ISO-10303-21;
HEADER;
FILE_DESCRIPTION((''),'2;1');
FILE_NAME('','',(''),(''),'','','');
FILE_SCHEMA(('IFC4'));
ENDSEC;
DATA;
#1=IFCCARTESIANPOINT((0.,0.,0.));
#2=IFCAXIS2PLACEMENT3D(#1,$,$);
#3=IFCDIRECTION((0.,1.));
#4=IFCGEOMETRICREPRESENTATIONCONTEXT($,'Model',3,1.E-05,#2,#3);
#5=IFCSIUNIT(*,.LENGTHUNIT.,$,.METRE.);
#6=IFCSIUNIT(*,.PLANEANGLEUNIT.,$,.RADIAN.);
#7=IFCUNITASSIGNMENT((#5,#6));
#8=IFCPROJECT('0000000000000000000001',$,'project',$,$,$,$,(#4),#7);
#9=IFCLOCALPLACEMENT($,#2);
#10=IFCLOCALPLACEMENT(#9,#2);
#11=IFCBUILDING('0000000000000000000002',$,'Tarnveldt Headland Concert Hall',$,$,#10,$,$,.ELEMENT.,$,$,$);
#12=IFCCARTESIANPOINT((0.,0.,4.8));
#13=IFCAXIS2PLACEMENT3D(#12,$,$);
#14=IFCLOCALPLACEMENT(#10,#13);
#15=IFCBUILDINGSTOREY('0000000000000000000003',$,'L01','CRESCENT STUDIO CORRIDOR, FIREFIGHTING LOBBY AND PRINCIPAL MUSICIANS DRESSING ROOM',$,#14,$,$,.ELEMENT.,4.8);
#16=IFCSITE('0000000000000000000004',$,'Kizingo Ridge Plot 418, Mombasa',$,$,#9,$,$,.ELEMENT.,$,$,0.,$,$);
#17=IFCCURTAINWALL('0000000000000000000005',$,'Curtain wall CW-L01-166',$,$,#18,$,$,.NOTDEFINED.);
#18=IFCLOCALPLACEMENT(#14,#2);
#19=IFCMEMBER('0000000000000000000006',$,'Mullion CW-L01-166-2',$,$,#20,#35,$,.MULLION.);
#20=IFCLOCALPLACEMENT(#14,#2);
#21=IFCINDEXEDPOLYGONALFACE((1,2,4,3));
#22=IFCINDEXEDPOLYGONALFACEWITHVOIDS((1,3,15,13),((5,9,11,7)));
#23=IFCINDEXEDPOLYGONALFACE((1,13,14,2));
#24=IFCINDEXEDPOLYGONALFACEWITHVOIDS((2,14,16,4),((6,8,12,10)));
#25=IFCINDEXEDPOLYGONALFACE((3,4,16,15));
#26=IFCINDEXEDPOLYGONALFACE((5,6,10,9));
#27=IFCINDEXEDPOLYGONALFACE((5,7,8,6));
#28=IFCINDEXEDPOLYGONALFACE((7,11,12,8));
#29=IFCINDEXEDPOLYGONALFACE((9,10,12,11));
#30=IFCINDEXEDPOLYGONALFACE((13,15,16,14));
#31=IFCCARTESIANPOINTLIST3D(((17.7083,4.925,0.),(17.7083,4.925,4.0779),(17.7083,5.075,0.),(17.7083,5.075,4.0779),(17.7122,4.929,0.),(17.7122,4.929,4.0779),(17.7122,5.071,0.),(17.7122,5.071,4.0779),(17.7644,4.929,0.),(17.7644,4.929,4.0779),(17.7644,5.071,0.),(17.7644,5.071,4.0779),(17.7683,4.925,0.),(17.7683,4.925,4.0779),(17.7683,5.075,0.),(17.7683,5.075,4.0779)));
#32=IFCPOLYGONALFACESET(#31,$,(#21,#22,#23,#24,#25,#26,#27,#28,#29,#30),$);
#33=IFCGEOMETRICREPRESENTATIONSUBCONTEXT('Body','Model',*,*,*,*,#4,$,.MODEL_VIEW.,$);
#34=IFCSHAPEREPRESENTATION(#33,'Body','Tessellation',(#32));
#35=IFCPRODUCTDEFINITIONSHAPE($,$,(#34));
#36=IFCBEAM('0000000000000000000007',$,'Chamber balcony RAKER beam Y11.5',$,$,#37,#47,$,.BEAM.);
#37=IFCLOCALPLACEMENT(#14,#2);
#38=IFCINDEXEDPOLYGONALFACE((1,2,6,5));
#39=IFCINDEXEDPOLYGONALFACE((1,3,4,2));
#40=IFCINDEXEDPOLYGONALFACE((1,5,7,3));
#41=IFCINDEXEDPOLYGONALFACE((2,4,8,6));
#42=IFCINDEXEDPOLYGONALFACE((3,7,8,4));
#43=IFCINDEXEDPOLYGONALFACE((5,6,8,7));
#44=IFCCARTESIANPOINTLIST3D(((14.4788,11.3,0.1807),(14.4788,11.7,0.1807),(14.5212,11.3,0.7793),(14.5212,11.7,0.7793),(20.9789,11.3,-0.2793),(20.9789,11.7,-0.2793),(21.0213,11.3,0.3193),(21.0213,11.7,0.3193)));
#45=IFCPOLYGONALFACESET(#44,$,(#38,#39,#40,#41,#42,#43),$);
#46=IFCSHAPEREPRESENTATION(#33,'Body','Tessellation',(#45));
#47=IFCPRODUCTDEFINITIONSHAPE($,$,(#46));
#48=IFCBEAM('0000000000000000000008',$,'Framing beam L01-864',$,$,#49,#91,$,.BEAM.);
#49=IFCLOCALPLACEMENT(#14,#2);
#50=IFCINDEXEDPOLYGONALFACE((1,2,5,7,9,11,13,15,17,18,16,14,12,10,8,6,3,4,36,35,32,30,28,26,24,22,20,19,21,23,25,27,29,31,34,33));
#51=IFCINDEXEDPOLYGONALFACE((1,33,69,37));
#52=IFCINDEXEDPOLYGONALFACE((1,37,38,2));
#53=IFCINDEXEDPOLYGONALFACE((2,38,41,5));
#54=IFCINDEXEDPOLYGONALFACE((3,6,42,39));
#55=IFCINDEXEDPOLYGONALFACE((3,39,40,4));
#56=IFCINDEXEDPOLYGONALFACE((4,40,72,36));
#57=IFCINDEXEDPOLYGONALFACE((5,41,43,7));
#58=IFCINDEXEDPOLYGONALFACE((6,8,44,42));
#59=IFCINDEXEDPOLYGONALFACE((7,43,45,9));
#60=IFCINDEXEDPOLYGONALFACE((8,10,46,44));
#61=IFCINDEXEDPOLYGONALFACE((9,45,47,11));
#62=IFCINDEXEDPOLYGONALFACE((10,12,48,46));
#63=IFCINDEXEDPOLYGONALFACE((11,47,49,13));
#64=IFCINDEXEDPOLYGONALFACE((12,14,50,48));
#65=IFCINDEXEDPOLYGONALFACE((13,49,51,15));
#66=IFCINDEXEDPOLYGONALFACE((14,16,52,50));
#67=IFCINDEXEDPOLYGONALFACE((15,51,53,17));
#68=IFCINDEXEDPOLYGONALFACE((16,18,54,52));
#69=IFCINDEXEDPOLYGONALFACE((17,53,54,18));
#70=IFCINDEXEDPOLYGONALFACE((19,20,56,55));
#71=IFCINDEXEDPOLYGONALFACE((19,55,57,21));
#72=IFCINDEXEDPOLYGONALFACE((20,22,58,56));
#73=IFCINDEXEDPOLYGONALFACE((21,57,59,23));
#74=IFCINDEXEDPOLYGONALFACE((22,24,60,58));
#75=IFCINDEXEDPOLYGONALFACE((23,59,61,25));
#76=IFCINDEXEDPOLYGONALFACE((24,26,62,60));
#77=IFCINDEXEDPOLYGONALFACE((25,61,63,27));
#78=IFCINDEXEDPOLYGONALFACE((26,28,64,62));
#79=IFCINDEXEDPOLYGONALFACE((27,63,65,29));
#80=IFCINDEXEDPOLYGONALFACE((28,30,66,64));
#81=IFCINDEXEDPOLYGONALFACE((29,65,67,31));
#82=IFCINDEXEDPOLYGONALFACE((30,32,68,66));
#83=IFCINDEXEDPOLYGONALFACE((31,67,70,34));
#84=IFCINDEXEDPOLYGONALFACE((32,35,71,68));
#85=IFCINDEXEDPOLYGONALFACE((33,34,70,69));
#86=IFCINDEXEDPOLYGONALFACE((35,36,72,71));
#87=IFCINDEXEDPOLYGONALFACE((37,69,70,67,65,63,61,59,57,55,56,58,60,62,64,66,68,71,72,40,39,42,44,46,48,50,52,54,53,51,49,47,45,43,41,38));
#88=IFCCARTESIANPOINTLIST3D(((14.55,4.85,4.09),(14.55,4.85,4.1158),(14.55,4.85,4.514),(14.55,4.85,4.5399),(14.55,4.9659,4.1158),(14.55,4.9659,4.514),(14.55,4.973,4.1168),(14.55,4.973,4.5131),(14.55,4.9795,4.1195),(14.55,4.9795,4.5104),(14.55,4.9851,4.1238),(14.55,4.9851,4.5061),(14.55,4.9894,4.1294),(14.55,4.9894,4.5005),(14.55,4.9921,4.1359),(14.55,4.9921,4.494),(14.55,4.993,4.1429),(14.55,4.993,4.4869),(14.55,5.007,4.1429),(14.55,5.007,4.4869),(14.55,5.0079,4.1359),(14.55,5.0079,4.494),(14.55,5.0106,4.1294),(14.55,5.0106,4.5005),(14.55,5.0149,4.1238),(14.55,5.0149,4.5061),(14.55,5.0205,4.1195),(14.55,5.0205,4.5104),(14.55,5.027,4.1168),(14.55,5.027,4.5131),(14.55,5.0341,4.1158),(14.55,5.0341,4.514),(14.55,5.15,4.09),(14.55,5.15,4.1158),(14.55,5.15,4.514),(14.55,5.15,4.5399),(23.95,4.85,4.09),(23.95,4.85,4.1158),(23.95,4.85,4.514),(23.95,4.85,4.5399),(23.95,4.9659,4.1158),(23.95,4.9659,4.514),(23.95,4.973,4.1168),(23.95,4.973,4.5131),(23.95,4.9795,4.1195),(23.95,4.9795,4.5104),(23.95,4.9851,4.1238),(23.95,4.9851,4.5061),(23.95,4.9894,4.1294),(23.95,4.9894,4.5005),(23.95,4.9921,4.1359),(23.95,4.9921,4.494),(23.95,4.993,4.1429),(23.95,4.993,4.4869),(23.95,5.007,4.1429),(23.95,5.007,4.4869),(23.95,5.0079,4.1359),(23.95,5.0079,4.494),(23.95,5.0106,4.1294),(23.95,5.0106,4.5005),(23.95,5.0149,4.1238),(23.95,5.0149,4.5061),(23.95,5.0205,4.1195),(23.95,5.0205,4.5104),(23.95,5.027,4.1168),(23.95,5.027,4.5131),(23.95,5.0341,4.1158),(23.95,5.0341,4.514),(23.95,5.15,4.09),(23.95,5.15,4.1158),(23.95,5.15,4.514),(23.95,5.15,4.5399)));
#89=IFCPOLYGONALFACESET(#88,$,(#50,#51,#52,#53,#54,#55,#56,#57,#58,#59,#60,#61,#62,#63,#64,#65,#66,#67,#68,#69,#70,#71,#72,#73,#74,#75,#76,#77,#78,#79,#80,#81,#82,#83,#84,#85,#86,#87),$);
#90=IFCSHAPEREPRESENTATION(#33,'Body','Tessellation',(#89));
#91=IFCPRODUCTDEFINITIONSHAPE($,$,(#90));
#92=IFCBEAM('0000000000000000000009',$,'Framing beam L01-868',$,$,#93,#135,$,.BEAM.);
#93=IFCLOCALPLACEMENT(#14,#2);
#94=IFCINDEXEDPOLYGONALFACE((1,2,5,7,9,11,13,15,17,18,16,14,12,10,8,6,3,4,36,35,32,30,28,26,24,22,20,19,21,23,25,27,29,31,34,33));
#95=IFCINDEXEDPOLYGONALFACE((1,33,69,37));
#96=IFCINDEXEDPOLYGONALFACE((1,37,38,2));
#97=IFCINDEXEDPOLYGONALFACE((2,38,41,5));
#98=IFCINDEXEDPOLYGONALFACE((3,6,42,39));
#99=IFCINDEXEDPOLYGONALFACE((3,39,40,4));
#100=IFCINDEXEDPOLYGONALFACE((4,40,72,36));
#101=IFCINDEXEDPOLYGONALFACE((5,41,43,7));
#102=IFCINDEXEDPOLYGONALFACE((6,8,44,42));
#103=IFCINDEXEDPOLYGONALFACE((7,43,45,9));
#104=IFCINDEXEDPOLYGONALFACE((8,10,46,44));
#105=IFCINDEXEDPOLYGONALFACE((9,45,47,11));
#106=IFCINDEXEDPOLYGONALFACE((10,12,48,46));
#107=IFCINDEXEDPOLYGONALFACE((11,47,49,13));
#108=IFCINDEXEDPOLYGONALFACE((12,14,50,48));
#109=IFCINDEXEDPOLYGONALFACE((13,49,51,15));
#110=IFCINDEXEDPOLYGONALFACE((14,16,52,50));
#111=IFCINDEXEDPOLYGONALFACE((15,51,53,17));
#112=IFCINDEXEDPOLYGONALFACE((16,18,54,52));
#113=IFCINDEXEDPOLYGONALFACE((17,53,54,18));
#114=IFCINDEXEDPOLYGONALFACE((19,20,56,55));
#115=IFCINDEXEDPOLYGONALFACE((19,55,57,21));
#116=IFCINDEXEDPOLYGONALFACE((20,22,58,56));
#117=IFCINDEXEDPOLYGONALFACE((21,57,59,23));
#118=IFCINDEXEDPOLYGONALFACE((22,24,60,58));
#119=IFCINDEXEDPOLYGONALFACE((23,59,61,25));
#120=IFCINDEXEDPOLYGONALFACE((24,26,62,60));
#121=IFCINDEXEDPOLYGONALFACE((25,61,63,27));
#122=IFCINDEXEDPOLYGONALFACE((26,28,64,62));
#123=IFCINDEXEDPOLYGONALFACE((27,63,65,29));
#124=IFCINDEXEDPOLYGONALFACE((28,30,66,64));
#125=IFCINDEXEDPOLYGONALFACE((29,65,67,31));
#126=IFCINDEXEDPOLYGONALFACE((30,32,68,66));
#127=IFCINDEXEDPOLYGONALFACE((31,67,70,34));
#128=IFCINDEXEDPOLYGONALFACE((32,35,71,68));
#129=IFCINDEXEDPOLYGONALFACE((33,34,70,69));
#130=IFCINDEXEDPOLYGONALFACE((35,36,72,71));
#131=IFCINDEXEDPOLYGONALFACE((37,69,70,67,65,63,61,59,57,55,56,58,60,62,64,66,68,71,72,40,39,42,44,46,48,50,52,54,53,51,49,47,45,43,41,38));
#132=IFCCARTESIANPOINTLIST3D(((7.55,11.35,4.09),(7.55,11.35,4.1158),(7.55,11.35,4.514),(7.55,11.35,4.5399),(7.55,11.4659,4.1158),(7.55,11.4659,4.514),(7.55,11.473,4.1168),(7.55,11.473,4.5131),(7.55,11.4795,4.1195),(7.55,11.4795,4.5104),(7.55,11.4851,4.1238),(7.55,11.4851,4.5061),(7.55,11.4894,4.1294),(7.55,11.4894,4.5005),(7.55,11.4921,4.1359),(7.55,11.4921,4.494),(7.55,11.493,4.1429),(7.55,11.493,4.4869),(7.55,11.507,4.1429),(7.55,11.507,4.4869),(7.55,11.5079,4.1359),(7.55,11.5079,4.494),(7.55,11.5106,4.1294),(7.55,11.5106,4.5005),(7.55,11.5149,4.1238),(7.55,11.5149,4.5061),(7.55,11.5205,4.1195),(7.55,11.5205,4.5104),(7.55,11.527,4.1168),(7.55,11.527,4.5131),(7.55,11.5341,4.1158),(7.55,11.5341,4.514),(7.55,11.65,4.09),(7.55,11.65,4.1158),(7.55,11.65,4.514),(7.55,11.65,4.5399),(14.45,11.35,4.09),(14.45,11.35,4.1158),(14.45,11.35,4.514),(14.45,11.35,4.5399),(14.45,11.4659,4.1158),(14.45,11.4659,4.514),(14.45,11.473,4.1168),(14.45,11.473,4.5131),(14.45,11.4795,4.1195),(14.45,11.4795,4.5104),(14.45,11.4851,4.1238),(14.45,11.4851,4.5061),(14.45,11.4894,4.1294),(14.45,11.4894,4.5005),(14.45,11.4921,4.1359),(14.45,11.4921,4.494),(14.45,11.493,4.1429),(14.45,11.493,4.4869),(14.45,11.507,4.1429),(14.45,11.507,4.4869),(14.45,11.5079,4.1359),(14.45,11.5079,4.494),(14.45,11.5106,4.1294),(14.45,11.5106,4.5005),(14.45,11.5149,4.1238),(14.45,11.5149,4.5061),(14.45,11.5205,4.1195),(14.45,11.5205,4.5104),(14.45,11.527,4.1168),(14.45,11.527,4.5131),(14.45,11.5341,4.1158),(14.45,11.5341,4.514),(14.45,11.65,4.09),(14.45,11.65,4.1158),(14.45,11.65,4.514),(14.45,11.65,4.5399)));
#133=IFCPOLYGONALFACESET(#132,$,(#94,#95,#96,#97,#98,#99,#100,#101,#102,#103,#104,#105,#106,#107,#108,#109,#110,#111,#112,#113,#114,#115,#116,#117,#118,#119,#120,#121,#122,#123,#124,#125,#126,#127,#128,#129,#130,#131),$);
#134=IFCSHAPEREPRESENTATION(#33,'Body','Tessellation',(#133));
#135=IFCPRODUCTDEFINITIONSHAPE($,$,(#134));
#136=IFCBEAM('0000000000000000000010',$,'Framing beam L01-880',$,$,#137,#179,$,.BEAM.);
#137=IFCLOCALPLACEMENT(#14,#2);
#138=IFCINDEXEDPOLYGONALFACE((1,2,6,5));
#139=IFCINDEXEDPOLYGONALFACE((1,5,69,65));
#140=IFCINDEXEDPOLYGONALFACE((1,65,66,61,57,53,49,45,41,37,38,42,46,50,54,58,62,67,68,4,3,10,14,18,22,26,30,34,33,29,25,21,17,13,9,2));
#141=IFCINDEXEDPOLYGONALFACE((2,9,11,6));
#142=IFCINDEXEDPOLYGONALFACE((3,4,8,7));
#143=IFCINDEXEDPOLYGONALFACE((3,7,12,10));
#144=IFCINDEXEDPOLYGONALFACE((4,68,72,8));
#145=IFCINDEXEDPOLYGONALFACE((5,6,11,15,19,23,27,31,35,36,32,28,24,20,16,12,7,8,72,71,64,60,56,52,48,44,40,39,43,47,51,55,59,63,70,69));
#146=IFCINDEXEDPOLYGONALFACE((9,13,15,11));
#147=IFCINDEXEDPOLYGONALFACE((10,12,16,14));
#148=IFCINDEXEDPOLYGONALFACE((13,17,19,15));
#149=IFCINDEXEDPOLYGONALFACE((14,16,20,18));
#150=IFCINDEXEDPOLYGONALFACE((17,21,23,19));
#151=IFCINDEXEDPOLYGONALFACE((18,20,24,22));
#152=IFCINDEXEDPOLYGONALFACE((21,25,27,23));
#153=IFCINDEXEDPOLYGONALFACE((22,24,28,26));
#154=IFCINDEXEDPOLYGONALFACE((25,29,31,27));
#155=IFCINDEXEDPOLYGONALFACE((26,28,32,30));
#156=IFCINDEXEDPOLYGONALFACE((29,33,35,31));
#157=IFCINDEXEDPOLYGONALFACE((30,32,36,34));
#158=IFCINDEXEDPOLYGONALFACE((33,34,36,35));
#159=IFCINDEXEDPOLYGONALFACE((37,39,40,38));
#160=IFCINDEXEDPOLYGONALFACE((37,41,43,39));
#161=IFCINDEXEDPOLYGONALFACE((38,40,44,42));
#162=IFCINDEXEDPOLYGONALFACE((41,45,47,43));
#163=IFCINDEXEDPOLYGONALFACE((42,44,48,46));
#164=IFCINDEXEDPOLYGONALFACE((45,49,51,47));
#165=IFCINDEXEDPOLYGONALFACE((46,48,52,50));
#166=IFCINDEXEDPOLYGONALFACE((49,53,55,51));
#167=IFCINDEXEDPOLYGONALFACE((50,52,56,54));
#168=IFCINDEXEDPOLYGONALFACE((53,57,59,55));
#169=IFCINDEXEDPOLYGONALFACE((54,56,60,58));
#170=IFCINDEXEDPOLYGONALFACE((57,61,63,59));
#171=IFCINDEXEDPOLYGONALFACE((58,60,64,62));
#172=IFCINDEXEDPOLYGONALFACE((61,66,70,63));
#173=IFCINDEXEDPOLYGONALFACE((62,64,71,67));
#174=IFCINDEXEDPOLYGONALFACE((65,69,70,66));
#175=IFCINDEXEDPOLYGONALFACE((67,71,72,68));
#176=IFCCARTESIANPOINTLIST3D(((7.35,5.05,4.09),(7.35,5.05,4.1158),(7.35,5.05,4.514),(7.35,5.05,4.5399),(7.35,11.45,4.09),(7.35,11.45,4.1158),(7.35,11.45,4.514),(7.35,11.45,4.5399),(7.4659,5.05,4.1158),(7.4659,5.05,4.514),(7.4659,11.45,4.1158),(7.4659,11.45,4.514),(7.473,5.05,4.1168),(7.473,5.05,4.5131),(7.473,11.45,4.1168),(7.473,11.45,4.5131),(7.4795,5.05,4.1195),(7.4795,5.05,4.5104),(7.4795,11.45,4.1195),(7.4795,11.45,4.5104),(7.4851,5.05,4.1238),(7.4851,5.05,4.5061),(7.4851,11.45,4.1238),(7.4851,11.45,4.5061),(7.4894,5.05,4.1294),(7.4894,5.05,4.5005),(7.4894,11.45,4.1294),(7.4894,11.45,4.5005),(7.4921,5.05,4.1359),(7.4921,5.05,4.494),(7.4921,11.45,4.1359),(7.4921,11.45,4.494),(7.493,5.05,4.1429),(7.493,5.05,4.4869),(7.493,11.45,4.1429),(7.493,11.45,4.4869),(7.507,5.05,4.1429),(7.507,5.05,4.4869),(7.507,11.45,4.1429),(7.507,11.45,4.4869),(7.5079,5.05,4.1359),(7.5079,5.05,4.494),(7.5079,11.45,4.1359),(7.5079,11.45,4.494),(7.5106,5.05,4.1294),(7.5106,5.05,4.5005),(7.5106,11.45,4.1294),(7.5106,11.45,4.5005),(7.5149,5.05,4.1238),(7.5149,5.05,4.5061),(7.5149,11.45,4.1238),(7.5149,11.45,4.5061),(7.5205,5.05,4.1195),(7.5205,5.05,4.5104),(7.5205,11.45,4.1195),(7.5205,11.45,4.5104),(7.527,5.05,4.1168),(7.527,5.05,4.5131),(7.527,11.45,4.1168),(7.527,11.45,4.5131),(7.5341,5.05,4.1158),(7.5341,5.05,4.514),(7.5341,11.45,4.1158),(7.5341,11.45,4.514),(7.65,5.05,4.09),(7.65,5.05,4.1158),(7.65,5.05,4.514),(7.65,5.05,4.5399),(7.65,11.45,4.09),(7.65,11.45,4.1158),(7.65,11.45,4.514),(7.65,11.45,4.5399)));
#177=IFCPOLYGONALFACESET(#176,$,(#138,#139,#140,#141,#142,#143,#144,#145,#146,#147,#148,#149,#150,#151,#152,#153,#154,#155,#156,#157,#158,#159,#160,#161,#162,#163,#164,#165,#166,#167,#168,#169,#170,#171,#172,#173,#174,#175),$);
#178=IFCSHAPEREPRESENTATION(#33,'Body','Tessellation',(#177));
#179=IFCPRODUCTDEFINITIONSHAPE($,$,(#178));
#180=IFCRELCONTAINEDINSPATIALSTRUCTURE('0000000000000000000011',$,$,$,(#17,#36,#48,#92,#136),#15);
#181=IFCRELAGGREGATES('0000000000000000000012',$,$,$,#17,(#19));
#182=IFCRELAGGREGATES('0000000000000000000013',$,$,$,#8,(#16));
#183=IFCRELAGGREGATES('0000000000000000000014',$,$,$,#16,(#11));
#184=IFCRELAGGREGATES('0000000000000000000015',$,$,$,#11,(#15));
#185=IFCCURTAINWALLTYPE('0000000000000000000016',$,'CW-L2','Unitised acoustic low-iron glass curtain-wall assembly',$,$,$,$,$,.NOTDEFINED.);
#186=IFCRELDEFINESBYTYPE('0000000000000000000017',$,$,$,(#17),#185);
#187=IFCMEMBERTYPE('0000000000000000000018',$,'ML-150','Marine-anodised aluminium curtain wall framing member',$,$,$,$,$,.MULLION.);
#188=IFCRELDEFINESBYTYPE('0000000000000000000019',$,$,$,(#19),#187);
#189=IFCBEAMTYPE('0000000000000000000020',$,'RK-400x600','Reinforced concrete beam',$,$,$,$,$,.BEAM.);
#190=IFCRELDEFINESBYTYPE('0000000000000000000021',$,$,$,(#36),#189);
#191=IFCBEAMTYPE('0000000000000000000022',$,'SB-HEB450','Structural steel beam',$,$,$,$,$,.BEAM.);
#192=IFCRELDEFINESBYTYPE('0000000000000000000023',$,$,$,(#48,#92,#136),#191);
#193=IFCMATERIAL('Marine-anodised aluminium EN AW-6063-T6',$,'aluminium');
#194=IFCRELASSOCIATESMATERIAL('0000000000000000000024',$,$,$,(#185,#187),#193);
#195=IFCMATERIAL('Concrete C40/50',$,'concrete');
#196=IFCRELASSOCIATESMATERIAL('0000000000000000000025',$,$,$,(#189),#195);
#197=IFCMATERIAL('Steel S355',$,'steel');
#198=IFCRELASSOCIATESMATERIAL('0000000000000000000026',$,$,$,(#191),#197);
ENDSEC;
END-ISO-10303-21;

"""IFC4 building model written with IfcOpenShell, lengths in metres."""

from ifc_helpers import new_model, si_unit, direction, frame, origin, origin_2d, place, context, subcontext, project, spatial, rectangle, hollow_rectangle, i_section, extrude, material, material_profile, profile_set, type_object, element, aggregate, save


model = new_model("IFC4")

# Units and contexts
model_context = context("Model", 3, precision=1e-05, world=origin(), true_north=direction((0.0, 1.0)))
body_context = subcontext(model_context, "Body", "Model", "MODEL_VIEW")
ifc_project = project(units=[si_unit("LENGTHUNIT", "METRE"), si_unit("PLANEANGLEUNIT", "RADIAN")], contexts=[model_context])

# Site, building, storey
site_placement = place(None, origin())
site = spatial("IfcSite", under=ifc_project, at=site_placement, Name="Kizingo Ridge Plot 418, Mombasa", CompositionType="ELEMENT", RefElevation=0.0)
building_placement = place(site_placement, origin())
building = spatial("IfcBuilding", under=site, at=building_placement, Name="Tarnveldt Headland Concert Hall", CompositionType="ELEMENT")
storey_placement = place(building_placement, frame((0.0, 0.0, 4.8)))
storey = spatial("IfcBuildingStorey", under=building, at=storey_placement, Name="L01", Description="CRESCENT STUDIO CORRIDOR, FIREFIGHTING LOBBY AND PRINCIPAL MUSICIANS DRESSING ROOM", CompositionType="ELEMENT", Elevation=4.8)

# Shared definitions
ifc_material_1 = material(Name="Steel S355", Category="steel")

# Curtain wall, member
ifc_material_2 = material(Name="Marine-anodised aluminium EN AW-6063-T6", Category="aluminium")
curtain_wall_type = type_object("IfcCurtainWallType", Name="CW-L2", Description="Unitised acoustic low-iron glass curtain-wall assembly", PredefinedType="NOTDEFINED", material=ifc_material_2)
ifc_material_profile_1 = material_profile(ifc_material_2, hollow_rectangle(XDim=0.0601, YDim=0.1499, WallThickness=0.0039, at=origin_2d()), Name="ALU MULLION 60x150x4", Category="aluminium")
ifc_profile_set_1 = profile_set([ifc_material_profile_1], Name="Marine-anodised aluminium EN AW-6063-T6")
member_type_1 = type_object("IfcMemberType", Name="ML-150", Description="Marine-anodised aluminium curtain wall framing member", PredefinedType="MULLION", material=ifc_profile_set_1)
curtain_wall_1_placement = place(storey_placement, origin())
curtain_wall_1 = element("IfcCurtainWall", 1, at=curtain_wall_1_placement, inside=storey, type_object=curtain_wall_type, Name="Curtain wall CW-L01-166", PredefinedType="NOTDEFINED")
member_1_placement = place(storey_placement, frame((17.7383, 5.0, 0.0), z_axis=(0.0, 0.0, 1.0), x_axis=(1.0, 0.0, 0.0)))
member_1 = element("IfcMember", 2, at=member_1_placement, type_object=member_type_1, Name="Mullion CW-L01-166-2", PredefinedType="MULLION", context=body_context, shape_type="SweptSolid", body=[
    extrude(hollow_rectangle(XDim=0.0601, YDim=0.1499, WallThickness=0.0039, at=origin_2d()), origin(), (0.0, 0.0, 1.0), 4.0779),
])

# Beams
ifc_material_3 = material(Name="Concrete C40/50", Category="concrete")
ifc_material_profile_2 = material_profile(ifc_material_3, rectangle(XDim=0.3999, YDim=0.6001, at=origin_2d()), Name="RAKER RC 400x600", Category="concrete")
ifc_profile_set_2 = profile_set([ifc_material_profile_2], Name="Concrete C40/50")
beam_type_1 = type_object("IfcBeamType", Name="RK-400x600", Description="Reinforced concrete beam", PredefinedType="BEAM", material=ifc_profile_set_2)
beam_1_placement = place(storey_placement, frame((14.5, 11.5, 0.48), z_axis=(0.997506, 0.0, -0.070587), x_axis=(0.0, 1.0, 0.0)))
element("IfcBeam", 3, at=beam_1_placement, inside=storey, type_object=beam_type_1, Name="Chamber balcony RAKER beam Y11.5", PredefinedType="BEAM", context=body_context, shape_type="SweptSolid", body=[
    extrude(rectangle(XDim=0.3999, YDim=0.6001, at=origin_2d()), origin(), (0.0, 0.0, 1.0), 6.5164),
])
ifc_material_profile_3 = material_profile(ifc_material_1, i_section(OverallWidth=0.3, OverallDepth=0.45, WebThickness=0.0139, FlangeThickness=0.0259, FilletRadius=0.0271, at=origin_2d()), Name="HEB450", Category="steel")
ifc_profile_set_3 = profile_set([ifc_material_profile_3], Name="Steel S355")
beam_type_2 = type_object("IfcBeamType", Name="SB-HEB450", Description="Structural steel beam", PredefinedType="BEAM", material=ifc_profile_set_3)
beam_2_placement = place(storey_placement, frame((14.55, 5.0, 4.3149), z_axis=(1.0, 0.0, 0.0), x_axis=(0.0, 1.0, 0.0)))
element("IfcBeam", 4, at=beam_2_placement, inside=storey, type_object=beam_type_2, Name="Framing beam L01-864", PredefinedType="BEAM", context=body_context, shape_type="SweptSolid", body=[
    extrude(i_section(OverallWidth=0.3, OverallDepth=0.45, WebThickness=0.0139, FlangeThickness=0.0259, FilletRadius=0.0271, at=origin_2d()), origin(), (0.0, 0.0, 1.0), 9.3999),
])
beam_3_placement = place(storey_placement, frame((7.55, 11.5, 4.3149), z_axis=(1.0, 0.0, 0.0), x_axis=(0.0, 1.0, 0.0)))
element("IfcBeam", 5, at=beam_3_placement, inside=storey, type_object=beam_type_2, Name="Framing beam L01-868", PredefinedType="BEAM", context=body_context, shape_type="SweptSolid", body=[
    extrude(i_section(OverallWidth=0.3, OverallDepth=0.45, WebThickness=0.0139, FlangeThickness=0.0259, FilletRadius=0.0271, at=origin_2d()), origin(), (0.0, 0.0, 1.0), 6.8999),
])
for number, where, z_axis, x_axis, name in (
    (6, (7.5, 5.05, 4.3149), (0.0, 1.0, 0.0), (-1.0, 0.0, 0.0), "Framing beam L01-880"),
):
    element("IfcBeam", number, at=place(storey_placement, frame(where, z_axis=z_axis, x_axis=x_axis)), inside=storey, type_object=beam_type_2, Name=name, PredefinedType="BEAM", context=body_context, shape_type="SweptSolid", body=[
        extrude(i_section(OverallWidth=0.3, OverallDepth=0.45, WebThickness=0.0139, FlangeThickness=0.0259, FilletRadius=0.0271, at=origin_2d()), origin(), (0.0, 0.0, 1.0), 6.3999),
    ])

aggregate(curtain_wall_1, [member_1])

save(model, "model.ifc")
